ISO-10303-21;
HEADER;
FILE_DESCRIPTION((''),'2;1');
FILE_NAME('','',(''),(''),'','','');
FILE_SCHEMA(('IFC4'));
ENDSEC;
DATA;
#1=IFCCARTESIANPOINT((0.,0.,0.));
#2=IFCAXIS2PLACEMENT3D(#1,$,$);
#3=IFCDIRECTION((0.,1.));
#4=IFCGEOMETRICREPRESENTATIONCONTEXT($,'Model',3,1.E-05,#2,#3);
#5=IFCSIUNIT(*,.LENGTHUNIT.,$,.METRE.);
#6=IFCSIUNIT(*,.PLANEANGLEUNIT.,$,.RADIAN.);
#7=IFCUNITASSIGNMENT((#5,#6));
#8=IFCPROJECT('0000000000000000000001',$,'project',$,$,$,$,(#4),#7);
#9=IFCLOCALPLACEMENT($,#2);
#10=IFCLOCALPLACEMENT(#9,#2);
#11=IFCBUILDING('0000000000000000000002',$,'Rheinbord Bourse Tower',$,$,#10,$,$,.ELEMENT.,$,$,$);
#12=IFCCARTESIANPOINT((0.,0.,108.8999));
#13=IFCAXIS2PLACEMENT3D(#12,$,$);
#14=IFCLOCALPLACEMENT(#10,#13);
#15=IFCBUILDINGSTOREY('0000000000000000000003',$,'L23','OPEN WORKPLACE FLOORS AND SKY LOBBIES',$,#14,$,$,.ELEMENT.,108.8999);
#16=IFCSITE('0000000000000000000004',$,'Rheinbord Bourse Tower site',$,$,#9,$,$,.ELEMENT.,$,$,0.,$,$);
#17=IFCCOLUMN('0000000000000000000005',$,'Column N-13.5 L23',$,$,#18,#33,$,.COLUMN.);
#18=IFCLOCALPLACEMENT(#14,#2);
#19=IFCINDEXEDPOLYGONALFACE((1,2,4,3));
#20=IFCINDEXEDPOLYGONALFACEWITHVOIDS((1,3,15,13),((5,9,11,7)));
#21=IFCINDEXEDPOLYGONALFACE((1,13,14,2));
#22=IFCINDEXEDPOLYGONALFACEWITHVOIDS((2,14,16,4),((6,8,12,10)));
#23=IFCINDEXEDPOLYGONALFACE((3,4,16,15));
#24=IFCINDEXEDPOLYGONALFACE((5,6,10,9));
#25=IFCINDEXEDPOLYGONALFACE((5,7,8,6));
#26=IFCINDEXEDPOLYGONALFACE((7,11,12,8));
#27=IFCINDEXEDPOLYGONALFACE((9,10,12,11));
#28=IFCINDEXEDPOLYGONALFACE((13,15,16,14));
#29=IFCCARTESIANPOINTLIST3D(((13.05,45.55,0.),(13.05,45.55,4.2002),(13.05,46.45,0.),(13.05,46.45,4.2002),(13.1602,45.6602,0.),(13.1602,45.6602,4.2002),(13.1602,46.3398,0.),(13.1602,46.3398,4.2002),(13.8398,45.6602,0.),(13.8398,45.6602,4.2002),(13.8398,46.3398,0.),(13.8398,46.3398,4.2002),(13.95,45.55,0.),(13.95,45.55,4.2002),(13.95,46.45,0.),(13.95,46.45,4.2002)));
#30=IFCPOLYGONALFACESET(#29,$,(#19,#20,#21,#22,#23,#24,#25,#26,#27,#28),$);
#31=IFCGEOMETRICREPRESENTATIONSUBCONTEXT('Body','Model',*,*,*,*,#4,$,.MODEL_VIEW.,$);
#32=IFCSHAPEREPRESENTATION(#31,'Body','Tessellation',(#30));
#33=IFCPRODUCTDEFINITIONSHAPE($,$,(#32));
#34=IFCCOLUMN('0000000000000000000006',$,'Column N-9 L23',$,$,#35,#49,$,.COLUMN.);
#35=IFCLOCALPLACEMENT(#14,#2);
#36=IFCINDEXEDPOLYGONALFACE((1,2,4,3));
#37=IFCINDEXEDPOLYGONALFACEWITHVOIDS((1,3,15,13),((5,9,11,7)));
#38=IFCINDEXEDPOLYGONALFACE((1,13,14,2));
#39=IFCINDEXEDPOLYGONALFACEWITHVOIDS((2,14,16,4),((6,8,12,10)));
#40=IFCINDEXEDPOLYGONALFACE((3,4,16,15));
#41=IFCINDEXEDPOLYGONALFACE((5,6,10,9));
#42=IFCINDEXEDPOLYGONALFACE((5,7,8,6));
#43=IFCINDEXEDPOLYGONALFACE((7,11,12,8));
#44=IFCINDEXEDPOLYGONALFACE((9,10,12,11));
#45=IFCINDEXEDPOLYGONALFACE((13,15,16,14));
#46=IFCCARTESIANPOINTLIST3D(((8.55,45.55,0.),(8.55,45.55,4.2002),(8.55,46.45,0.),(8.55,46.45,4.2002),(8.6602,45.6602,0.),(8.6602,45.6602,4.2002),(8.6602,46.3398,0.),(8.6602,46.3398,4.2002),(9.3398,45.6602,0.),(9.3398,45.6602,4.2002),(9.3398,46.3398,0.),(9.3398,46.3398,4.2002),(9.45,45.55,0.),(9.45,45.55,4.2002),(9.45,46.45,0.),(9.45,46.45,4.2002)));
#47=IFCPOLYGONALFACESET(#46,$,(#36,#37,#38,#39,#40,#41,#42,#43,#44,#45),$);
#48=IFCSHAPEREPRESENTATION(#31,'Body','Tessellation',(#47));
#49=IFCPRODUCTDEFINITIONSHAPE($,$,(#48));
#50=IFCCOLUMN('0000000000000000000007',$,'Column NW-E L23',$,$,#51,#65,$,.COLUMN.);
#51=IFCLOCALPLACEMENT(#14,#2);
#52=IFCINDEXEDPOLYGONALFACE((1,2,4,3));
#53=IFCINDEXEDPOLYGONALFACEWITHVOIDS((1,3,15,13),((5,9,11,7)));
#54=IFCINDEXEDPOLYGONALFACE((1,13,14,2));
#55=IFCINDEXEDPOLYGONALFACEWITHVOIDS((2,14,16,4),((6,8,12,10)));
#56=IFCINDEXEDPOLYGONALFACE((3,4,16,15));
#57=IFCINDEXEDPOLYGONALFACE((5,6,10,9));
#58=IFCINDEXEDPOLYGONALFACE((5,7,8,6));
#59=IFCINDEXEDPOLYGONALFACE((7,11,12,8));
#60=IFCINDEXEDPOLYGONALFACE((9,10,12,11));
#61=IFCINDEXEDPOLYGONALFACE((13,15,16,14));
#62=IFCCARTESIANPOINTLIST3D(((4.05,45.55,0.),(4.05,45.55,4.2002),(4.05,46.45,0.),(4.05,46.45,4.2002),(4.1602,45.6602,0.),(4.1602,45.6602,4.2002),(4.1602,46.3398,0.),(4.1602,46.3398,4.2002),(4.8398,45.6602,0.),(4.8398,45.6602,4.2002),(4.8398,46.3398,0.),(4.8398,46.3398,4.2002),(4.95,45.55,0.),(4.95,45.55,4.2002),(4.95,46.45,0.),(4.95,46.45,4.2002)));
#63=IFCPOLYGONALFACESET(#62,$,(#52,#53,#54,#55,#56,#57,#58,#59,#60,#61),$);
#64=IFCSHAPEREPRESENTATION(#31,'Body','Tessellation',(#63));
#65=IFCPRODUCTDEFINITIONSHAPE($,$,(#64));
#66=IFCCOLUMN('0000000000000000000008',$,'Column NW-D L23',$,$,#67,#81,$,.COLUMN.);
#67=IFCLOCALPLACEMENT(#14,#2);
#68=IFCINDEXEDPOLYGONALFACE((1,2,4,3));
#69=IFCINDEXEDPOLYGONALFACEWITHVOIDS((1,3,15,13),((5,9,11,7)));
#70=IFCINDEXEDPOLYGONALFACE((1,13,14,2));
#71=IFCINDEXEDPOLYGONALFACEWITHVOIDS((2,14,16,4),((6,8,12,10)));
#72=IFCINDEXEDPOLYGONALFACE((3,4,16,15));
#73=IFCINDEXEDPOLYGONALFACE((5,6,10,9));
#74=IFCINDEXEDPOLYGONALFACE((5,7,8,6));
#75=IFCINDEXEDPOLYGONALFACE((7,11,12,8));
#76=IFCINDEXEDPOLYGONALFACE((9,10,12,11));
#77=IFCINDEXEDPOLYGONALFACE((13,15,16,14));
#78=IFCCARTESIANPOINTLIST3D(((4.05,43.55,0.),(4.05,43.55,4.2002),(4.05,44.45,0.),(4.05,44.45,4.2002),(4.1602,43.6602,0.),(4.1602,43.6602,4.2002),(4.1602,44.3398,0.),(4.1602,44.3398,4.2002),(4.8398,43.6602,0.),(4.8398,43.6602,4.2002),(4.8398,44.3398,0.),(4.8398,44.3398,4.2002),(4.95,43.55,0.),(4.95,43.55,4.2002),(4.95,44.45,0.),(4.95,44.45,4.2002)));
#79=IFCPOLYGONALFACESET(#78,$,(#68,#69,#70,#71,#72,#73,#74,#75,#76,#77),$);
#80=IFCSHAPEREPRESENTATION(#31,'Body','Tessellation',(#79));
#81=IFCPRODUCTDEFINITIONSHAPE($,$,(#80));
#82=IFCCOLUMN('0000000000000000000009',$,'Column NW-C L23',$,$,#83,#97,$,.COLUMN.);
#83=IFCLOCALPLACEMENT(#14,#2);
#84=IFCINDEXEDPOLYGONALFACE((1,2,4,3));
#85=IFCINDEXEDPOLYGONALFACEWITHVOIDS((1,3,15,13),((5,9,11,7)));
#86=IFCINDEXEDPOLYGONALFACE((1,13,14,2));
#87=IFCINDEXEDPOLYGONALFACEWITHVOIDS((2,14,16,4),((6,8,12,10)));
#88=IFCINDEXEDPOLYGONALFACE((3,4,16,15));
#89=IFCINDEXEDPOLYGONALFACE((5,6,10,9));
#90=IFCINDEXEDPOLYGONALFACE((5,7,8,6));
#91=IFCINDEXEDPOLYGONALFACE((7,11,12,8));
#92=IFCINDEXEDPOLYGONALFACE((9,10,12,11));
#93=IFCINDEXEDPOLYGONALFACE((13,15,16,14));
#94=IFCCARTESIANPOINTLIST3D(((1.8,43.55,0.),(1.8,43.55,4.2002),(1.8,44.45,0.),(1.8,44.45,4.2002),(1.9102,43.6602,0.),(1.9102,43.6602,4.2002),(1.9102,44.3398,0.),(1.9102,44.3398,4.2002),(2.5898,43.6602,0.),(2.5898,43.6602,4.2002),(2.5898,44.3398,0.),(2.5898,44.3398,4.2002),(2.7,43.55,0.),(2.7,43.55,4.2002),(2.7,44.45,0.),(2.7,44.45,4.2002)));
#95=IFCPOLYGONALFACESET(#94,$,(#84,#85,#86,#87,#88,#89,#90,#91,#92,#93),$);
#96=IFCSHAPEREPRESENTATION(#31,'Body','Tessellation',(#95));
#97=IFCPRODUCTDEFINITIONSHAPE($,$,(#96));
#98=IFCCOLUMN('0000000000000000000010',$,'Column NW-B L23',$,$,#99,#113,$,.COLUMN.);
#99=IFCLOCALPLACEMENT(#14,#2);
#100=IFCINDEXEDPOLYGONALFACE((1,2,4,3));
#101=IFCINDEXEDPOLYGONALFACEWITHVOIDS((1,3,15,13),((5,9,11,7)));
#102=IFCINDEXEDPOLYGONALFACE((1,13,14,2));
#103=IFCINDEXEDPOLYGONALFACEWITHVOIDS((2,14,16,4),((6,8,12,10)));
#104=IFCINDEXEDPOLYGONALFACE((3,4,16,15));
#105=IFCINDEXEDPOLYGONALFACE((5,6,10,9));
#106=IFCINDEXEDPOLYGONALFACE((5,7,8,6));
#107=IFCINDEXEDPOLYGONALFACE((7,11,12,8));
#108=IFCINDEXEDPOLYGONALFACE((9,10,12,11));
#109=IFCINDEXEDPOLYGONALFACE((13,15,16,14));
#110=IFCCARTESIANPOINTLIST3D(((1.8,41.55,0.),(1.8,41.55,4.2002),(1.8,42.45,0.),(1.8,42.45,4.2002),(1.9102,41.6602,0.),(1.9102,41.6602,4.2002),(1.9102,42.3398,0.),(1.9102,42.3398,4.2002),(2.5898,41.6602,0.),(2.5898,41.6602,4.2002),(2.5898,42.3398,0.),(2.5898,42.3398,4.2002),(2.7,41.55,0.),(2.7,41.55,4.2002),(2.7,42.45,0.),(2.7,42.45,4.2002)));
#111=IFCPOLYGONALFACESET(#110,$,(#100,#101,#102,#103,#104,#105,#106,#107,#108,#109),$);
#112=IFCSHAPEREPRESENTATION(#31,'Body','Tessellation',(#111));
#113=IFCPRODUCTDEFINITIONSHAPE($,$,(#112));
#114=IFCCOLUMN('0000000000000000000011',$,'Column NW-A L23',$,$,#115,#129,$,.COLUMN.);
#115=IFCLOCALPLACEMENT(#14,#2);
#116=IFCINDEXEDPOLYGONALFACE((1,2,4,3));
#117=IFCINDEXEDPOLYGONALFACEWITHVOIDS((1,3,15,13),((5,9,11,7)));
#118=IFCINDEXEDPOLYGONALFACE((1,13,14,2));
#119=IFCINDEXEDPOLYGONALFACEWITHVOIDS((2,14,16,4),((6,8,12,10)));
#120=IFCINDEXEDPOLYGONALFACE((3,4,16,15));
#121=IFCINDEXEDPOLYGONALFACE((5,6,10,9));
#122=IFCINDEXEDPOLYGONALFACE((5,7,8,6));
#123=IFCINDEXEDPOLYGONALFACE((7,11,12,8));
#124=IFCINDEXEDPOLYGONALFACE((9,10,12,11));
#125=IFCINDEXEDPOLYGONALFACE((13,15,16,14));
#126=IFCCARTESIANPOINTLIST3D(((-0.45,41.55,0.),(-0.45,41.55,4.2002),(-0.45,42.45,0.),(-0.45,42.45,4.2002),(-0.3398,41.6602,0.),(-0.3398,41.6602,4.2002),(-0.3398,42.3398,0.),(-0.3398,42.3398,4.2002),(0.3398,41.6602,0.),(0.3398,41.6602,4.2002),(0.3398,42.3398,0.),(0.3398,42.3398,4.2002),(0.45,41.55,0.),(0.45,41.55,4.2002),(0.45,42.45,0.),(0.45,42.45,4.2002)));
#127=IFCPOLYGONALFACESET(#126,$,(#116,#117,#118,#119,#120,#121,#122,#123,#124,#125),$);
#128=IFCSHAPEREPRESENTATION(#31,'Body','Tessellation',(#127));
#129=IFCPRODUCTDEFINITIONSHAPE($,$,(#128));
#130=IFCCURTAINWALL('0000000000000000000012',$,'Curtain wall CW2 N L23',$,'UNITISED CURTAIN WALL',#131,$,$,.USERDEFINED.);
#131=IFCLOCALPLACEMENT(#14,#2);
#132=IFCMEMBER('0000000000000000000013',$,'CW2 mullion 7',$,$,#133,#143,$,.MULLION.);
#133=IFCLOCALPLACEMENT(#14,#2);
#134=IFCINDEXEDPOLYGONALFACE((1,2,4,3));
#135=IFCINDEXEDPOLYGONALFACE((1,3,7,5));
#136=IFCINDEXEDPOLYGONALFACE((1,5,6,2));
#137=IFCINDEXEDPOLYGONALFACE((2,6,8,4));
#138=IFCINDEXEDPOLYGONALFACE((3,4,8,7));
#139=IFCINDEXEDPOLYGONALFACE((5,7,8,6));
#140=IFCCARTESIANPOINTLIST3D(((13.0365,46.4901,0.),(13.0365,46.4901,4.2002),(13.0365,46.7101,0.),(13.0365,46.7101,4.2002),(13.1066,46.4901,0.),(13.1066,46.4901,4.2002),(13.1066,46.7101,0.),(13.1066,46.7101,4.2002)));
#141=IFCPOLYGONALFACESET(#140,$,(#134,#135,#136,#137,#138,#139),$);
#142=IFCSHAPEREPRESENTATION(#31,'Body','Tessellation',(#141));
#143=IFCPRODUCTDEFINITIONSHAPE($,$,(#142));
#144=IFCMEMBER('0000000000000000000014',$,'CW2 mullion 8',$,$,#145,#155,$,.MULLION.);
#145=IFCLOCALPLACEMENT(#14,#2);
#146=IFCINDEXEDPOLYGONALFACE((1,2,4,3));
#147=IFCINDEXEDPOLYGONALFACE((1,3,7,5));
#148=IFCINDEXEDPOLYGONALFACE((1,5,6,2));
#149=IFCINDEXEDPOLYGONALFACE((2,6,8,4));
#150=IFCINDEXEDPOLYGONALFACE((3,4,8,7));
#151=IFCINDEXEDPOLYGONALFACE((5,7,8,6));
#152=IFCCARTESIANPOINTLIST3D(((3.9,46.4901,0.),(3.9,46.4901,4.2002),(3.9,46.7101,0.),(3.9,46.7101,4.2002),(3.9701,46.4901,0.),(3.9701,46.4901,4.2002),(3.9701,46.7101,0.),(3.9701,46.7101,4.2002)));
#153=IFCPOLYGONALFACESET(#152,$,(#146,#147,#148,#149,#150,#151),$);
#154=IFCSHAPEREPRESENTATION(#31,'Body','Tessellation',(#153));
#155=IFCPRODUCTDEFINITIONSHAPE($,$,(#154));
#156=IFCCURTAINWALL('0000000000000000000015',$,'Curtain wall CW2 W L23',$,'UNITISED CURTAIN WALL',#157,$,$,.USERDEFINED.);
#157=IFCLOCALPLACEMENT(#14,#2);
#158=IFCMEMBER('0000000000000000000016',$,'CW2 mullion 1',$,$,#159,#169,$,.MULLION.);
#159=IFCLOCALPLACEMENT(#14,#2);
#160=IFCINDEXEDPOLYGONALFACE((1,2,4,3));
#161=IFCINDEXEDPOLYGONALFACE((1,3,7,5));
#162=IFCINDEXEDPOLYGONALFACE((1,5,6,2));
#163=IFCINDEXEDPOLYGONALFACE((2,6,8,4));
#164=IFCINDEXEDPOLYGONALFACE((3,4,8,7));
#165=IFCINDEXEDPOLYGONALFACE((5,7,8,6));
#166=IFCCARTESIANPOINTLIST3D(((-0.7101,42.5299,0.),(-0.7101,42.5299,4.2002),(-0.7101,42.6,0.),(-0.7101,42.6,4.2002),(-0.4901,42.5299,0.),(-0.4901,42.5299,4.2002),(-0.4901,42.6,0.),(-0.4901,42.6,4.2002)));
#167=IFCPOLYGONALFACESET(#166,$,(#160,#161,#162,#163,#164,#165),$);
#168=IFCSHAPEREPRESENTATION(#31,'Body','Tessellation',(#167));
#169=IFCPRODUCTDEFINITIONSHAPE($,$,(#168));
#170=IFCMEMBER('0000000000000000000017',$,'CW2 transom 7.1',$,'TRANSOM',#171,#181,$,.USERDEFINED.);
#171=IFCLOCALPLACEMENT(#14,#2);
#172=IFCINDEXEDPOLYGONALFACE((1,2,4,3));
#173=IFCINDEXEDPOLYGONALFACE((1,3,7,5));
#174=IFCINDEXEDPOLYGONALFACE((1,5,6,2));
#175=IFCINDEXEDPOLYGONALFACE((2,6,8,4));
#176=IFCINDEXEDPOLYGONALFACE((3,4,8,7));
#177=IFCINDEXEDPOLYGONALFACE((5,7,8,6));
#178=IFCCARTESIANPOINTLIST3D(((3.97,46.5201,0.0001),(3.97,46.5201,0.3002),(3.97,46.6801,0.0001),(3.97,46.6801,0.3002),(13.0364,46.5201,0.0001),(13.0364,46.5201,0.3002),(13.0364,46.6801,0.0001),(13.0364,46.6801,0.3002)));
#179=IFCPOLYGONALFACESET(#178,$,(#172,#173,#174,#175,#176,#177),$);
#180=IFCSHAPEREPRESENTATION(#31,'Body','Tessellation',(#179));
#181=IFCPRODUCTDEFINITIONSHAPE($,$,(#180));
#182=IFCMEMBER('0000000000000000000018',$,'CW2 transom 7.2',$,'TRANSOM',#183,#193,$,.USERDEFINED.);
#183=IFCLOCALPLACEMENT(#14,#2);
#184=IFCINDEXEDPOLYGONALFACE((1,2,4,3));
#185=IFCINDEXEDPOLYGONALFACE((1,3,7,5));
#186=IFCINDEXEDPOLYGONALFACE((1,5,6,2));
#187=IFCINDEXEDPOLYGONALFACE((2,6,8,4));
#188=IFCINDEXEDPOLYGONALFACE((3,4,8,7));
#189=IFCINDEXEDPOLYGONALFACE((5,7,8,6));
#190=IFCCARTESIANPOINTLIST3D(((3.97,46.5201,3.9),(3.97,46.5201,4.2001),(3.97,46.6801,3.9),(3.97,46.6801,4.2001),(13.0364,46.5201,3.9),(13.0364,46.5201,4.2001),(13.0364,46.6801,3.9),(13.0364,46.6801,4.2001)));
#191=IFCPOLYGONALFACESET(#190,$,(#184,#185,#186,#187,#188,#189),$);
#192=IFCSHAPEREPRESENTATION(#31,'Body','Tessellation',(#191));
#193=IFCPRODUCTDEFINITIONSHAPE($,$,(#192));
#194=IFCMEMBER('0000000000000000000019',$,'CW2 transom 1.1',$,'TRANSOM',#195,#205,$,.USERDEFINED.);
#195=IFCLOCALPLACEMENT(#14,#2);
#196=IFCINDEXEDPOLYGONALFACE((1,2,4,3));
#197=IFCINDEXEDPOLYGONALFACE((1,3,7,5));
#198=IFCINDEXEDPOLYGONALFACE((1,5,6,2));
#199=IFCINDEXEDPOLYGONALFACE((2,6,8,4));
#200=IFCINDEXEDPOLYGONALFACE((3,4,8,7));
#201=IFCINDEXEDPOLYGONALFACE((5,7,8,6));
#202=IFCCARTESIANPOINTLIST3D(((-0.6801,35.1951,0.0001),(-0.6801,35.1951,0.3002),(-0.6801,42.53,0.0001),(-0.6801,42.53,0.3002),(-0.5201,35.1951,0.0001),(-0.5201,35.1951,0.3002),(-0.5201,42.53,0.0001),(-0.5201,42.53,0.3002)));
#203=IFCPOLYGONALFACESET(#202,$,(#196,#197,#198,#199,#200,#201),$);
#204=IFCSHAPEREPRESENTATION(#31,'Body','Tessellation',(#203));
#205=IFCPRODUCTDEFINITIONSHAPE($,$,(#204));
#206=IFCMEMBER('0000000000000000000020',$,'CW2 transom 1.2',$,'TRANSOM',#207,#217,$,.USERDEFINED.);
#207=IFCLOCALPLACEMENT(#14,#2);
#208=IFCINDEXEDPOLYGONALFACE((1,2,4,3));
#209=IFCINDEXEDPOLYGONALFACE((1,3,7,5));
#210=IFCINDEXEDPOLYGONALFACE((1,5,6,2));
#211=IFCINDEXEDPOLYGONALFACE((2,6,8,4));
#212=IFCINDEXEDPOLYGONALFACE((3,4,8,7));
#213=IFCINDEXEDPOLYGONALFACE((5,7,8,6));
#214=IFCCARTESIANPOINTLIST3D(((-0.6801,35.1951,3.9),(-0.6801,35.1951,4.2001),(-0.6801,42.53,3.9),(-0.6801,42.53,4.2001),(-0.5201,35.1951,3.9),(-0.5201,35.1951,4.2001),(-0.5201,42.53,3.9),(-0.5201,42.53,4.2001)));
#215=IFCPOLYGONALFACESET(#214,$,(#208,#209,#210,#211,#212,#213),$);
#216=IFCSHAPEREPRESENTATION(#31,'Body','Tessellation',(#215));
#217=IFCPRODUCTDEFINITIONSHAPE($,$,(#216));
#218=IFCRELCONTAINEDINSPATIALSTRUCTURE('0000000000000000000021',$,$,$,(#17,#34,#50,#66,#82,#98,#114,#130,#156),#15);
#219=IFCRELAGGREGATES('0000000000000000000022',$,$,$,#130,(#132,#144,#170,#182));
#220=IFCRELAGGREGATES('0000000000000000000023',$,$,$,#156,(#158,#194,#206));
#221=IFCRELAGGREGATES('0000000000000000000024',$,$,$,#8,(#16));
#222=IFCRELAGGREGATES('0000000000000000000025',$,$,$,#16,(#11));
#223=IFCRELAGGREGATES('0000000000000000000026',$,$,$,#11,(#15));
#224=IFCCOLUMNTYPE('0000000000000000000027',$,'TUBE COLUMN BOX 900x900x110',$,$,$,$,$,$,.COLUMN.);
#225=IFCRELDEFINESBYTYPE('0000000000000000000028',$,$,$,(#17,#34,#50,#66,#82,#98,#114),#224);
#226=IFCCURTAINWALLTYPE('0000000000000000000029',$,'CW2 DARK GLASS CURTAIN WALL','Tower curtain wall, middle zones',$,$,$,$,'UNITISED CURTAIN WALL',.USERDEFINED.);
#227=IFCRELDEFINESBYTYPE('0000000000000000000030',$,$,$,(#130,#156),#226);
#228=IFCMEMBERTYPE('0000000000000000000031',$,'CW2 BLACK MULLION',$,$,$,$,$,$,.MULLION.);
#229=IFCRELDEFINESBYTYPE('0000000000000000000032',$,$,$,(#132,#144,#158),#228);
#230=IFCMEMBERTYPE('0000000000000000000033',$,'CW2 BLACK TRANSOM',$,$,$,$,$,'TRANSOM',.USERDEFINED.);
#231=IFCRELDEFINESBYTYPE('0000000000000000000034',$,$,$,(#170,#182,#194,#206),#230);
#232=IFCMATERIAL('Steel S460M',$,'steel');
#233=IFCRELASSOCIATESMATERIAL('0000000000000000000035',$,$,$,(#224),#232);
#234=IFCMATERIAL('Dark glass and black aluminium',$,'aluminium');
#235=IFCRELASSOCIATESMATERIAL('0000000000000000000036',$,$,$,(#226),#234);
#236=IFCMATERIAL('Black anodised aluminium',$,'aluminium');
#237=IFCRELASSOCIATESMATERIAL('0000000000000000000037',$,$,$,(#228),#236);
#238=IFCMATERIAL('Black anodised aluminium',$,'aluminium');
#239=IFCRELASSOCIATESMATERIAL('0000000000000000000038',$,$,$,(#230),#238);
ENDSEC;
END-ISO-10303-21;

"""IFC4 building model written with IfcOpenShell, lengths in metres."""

from ifc_helpers import new_model, si_unit, direction, frame, origin, origin_2d, place, context, subcontext, project, spatial, rectangle, hollow_rectangle, extrude, material, material_profile, profile_set, type_object, element, aggregate, save


model = new_model("IFC4")

# Units and contexts
model_context = context("Model", 3, precision=1e-05, world=origin(), true_north=direction((0.0, 1.0)))
body_context = subcontext(model_context, "Body", "Model", "MODEL_VIEW")
ifc_project = project(units=[si_unit("LENGTHUNIT", "METRE"), si_unit("PLANEANGLEUNIT", "RADIAN")], contexts=[model_context])

# Site, building, storey
site_placement = place(None, origin())
site = spatial("IfcSite", under=ifc_project, at=site_placement, Name="Rheinbord Bourse Tower site", CompositionType="ELEMENT", RefElevation=0.0)
building_placement = place(site_placement, origin())
building = spatial("IfcBuilding", under=site, at=building_placement, Name="Rheinbord Bourse Tower", CompositionType="ELEMENT")
storey_placement = place(building_placement, frame((0.0, 0.0, 108.8999)))
storey = spatial("IfcBuildingStorey", under=building, at=storey_placement, Name="L23", Description="OPEN WORKPLACE FLOORS AND SKY LOBBIES", CompositionType="ELEMENT", Elevation=108.8999)

# Columns
ifc_material_1 = material(Name="Steel S460M", Category="steel")
ifc_material_profile_1 = material_profile(ifc_material_1, hollow_rectangle(XDim=0.8999, YDim=0.8999, WallThickness=0.1101, at=origin_2d()), Name="BOX 900x900x110")
ifc_profile_set_1 = profile_set([ifc_material_profile_1], Name="Steel S460M")
column_type = type_object("IfcColumnType", Name="TUBE COLUMN BOX 900x900x110", PredefinedType="COLUMN", material=ifc_profile_set_1)
for number, where, z_axis, x_axis, name in (
    (1, (13.5, 46.0, 0.0), (0.0, 0.0, 1.0), (0.0, 1.0, 0.0), "Column N-13.5 L23"),
    (2, (9.0, 46.0, 0.0), (0.0, 0.0, 1.0), (0.0, 1.0, 0.0), "Column N-9 L23"),
    (3, (4.5, 46.0, 0.0), (0.0, 0.0, 1.0), (0.0, 1.0, 0.0), "Column NW-E L23"),
    (4, (4.5, 44.0, 0.0), (0.0, 0.0, 1.0), (0.0, 1.0, 0.0), "Column NW-D L23"),
    (5, (2.25, 44.0, 0.0), (0.0, 0.0, 1.0), (1.0, 0.0, 0.0), "Column NW-C L23"),
    (6, (2.25, 42.0, 0.0), (0.0, 0.0, 1.0), (1.0, 0.0, 0.0), "Column NW-B L23"),
    (7, (0.0, 42.0, 0.0), (0.0, 0.0, 1.0), (1.0, 0.0, 0.0), "Column NW-A L23"),
):
    element("IfcColumn", number, at=place(storey_placement, frame(where, z_axis=z_axis, x_axis=x_axis)), inside=storey, type_object=column_type, Name=name, PredefinedType="COLUMN", context=body_context, shape_type="SweptSolid", body=[
        extrude(hollow_rectangle(XDim=0.8999, YDim=0.8999, WallThickness=0.1101, at=origin_2d()), origin(), (0.0, 0.0, 1.0), 4.2002),
    ])

# Curtain wall, members
ifc_material_2 = material(Name="Dark glass and black aluminium", Category="aluminium")
curtain_wall_type = type_object("IfcCurtainWallType", Name="CW2 DARK GLASS CURTAIN WALL", Description="Tower curtain wall, middle zones", ElementType="UNITISED CURTAIN WALL", PredefinedType="USERDEFINED", material=ifc_material_2)
curtain_wall_1_placement = place(storey_placement, origin())
curtain_wall_1 = element("IfcCurtainWall", 8, at=curtain_wall_1_placement, inside=storey, type_object=curtain_wall_type, Name="Curtain wall CW2 N L23", ObjectType="UNITISED CURTAIN WALL", PredefinedType="USERDEFINED")
ifc_material_3 = material(Name="Black anodised aluminium", Category="aluminium")
ifc_material_profile_2 = material_profile(ifc_material_3, rectangle(XDim=0.22, YDim=0.0701, at=origin_2d()), Name="CW2 MULLION 70x220")
ifc_profile_set_2 = profile_set([ifc_material_profile_2], Name="Black anodised aluminium")
member_type_1 = type_object("IfcMemberType", Name="CW2 BLACK MULLION", PredefinedType="MULLION", material=ifc_profile_set_2)
member_1_placement = place(storey_placement, frame((13.0715, 46.6001, 0.0), z_axis=(0.0, 0.0, 1.0), x_axis=(0.0, -1.0, 0.0)))
member_1 = element("IfcMember", 9, at=member_1_placement, type_object=member_type_1, Name="CW2 mullion 7", PredefinedType="MULLION", context=body_context, shape_type="SweptSolid", body=[
    extrude(rectangle(XDim=0.22, YDim=0.0701, at=origin_2d()), origin(), (0.0, 0.0, 1.0), 4.2002),
])
member_2_placement = place(storey_placement, frame((3.9351, 46.6001, 0.0), z_axis=(0.0, 0.0, 1.0), x_axis=(0.0, -1.0, 0.0)))
member_2 = element("IfcMember", 10, at=member_2_placement, type_object=member_type_1, Name="CW2 mullion 8", PredefinedType="MULLION", context=body_context, shape_type="SweptSolid", body=[
    extrude(rectangle(XDim=0.22, YDim=0.0701, at=origin_2d()), origin(), (0.0, 0.0, 1.0), 4.2002),
])

# Curtain wall, member
curtain_wall_2_placement = place(storey_placement, origin())
curtain_wall_2 = element("IfcCurtainWall", 11, at=curtain_wall_2_placement, inside=storey, type_object=curtain_wall_type, Name="Curtain wall CW2 W L23", ObjectType="UNITISED CURTAIN WALL", PredefinedType="USERDEFINED")
member_3_placement = place(storey_placement, frame((-0.6001, 42.5649, 0.0), z_axis=(0.0, 0.0, 1.0), x_axis=(1.0, 0.0, 0.0)))
member_3 = element("IfcMember", 12, at=member_3_placement, type_object=member_type_1, Name="CW2 mullion 1", PredefinedType="MULLION", context=body_context, shape_type="SweptSolid", body=[
    extrude(rectangle(XDim=0.22, YDim=0.0701, at=origin_2d()), origin(), (0.0, 0.0, 1.0), 4.2002),
])

# Members
ifc_material_4 = material(Name="Black anodised aluminium", Category="aluminium")
ifc_material_profile_3 = material_profile(ifc_material_4, rectangle(XDim=0.1599, YDim=0.3, at=origin_2d()), Name="CW2 TRANSOM 300x160")
ifc_profile_set_3 = profile_set([ifc_material_profile_3], Name="Black anodised aluminium")
member_type_2 = type_object("IfcMemberType", Name="CW2 BLACK TRANSOM", ElementType="TRANSOM", PredefinedType="USERDEFINED", material=ifc_profile_set_3)
member_4_placement = place(storey_placement, frame((13.0364, 46.6001, 0.1501), z_axis=(-1.0, 0.0, 0.0), x_axis=(0.0, -1.0, 0.0)))
member_4 = element("IfcMember", 13, at=member_4_placement, type_object=member_type_2, Name="CW2 transom 7.1", ObjectType="TRANSOM", PredefinedType="USERDEFINED", context=body_context, shape_type="SweptSolid", body=[
    extrude(rectangle(XDim=0.1599, YDim=0.3, at=origin_2d()), origin(), (0.0, 0.0, 1.0), 9.0664),
])
member_5_placement = place(storey_placement, frame((13.0364, 46.6001, 4.05), z_axis=(-1.0, 0.0, 0.0), x_axis=(0.0, -1.0, 0.0)))
member_5 = element("IfcMember", 14, at=member_5_placement, type_object=member_type_2, Name="CW2 transom 7.2", ObjectType="TRANSOM", PredefinedType="USERDEFINED", context=body_context, shape_type="SweptSolid", body=[
    extrude(rectangle(XDim=0.1599, YDim=0.3, at=origin_2d()), origin(), (0.0, 0.0, 1.0), 9.0664),
])
member_6_placement = place(storey_placement, frame((-0.6001, 42.53, 0.1501), z_axis=(0.0, -1.0, 0.0), x_axis=(1.0, 0.0, 0.0)))
member_6 = element("IfcMember", 15, at=member_6_placement, type_object=member_type_2, Name="CW2 transom 1.1", ObjectType="TRANSOM", PredefinedType="USERDEFINED", context=body_context, shape_type="SweptSolid", body=[
    extrude(rectangle(XDim=0.1599, YDim=0.3, at=origin_2d()), origin(), (0.0, 0.0, 1.0), 7.335),
])
member_7_placement = place(storey_placement, frame((-0.6001, 42.53, 4.05), z_axis=(0.0, -1.0, 0.0), x_axis=(1.0, 0.0, 0.0)))
member_7 = element("IfcMember", 16, at=member_7_placement, type_object=member_type_2, Name="CW2 transom 1.2", ObjectType="TRANSOM", PredefinedType="USERDEFINED", context=body_context, shape_type="SweptSolid", body=[
    extrude(rectangle(XDim=0.1599, YDim=0.3, at=origin_2d()), origin(), (0.0, 0.0, 1.0), 7.335),
])

aggregate(curtain_wall_1, [member_1, member_2, member_4, member_5])
aggregate(curtain_wall_2, [member_3, member_6, member_7])

save(model, "model.ifc")
